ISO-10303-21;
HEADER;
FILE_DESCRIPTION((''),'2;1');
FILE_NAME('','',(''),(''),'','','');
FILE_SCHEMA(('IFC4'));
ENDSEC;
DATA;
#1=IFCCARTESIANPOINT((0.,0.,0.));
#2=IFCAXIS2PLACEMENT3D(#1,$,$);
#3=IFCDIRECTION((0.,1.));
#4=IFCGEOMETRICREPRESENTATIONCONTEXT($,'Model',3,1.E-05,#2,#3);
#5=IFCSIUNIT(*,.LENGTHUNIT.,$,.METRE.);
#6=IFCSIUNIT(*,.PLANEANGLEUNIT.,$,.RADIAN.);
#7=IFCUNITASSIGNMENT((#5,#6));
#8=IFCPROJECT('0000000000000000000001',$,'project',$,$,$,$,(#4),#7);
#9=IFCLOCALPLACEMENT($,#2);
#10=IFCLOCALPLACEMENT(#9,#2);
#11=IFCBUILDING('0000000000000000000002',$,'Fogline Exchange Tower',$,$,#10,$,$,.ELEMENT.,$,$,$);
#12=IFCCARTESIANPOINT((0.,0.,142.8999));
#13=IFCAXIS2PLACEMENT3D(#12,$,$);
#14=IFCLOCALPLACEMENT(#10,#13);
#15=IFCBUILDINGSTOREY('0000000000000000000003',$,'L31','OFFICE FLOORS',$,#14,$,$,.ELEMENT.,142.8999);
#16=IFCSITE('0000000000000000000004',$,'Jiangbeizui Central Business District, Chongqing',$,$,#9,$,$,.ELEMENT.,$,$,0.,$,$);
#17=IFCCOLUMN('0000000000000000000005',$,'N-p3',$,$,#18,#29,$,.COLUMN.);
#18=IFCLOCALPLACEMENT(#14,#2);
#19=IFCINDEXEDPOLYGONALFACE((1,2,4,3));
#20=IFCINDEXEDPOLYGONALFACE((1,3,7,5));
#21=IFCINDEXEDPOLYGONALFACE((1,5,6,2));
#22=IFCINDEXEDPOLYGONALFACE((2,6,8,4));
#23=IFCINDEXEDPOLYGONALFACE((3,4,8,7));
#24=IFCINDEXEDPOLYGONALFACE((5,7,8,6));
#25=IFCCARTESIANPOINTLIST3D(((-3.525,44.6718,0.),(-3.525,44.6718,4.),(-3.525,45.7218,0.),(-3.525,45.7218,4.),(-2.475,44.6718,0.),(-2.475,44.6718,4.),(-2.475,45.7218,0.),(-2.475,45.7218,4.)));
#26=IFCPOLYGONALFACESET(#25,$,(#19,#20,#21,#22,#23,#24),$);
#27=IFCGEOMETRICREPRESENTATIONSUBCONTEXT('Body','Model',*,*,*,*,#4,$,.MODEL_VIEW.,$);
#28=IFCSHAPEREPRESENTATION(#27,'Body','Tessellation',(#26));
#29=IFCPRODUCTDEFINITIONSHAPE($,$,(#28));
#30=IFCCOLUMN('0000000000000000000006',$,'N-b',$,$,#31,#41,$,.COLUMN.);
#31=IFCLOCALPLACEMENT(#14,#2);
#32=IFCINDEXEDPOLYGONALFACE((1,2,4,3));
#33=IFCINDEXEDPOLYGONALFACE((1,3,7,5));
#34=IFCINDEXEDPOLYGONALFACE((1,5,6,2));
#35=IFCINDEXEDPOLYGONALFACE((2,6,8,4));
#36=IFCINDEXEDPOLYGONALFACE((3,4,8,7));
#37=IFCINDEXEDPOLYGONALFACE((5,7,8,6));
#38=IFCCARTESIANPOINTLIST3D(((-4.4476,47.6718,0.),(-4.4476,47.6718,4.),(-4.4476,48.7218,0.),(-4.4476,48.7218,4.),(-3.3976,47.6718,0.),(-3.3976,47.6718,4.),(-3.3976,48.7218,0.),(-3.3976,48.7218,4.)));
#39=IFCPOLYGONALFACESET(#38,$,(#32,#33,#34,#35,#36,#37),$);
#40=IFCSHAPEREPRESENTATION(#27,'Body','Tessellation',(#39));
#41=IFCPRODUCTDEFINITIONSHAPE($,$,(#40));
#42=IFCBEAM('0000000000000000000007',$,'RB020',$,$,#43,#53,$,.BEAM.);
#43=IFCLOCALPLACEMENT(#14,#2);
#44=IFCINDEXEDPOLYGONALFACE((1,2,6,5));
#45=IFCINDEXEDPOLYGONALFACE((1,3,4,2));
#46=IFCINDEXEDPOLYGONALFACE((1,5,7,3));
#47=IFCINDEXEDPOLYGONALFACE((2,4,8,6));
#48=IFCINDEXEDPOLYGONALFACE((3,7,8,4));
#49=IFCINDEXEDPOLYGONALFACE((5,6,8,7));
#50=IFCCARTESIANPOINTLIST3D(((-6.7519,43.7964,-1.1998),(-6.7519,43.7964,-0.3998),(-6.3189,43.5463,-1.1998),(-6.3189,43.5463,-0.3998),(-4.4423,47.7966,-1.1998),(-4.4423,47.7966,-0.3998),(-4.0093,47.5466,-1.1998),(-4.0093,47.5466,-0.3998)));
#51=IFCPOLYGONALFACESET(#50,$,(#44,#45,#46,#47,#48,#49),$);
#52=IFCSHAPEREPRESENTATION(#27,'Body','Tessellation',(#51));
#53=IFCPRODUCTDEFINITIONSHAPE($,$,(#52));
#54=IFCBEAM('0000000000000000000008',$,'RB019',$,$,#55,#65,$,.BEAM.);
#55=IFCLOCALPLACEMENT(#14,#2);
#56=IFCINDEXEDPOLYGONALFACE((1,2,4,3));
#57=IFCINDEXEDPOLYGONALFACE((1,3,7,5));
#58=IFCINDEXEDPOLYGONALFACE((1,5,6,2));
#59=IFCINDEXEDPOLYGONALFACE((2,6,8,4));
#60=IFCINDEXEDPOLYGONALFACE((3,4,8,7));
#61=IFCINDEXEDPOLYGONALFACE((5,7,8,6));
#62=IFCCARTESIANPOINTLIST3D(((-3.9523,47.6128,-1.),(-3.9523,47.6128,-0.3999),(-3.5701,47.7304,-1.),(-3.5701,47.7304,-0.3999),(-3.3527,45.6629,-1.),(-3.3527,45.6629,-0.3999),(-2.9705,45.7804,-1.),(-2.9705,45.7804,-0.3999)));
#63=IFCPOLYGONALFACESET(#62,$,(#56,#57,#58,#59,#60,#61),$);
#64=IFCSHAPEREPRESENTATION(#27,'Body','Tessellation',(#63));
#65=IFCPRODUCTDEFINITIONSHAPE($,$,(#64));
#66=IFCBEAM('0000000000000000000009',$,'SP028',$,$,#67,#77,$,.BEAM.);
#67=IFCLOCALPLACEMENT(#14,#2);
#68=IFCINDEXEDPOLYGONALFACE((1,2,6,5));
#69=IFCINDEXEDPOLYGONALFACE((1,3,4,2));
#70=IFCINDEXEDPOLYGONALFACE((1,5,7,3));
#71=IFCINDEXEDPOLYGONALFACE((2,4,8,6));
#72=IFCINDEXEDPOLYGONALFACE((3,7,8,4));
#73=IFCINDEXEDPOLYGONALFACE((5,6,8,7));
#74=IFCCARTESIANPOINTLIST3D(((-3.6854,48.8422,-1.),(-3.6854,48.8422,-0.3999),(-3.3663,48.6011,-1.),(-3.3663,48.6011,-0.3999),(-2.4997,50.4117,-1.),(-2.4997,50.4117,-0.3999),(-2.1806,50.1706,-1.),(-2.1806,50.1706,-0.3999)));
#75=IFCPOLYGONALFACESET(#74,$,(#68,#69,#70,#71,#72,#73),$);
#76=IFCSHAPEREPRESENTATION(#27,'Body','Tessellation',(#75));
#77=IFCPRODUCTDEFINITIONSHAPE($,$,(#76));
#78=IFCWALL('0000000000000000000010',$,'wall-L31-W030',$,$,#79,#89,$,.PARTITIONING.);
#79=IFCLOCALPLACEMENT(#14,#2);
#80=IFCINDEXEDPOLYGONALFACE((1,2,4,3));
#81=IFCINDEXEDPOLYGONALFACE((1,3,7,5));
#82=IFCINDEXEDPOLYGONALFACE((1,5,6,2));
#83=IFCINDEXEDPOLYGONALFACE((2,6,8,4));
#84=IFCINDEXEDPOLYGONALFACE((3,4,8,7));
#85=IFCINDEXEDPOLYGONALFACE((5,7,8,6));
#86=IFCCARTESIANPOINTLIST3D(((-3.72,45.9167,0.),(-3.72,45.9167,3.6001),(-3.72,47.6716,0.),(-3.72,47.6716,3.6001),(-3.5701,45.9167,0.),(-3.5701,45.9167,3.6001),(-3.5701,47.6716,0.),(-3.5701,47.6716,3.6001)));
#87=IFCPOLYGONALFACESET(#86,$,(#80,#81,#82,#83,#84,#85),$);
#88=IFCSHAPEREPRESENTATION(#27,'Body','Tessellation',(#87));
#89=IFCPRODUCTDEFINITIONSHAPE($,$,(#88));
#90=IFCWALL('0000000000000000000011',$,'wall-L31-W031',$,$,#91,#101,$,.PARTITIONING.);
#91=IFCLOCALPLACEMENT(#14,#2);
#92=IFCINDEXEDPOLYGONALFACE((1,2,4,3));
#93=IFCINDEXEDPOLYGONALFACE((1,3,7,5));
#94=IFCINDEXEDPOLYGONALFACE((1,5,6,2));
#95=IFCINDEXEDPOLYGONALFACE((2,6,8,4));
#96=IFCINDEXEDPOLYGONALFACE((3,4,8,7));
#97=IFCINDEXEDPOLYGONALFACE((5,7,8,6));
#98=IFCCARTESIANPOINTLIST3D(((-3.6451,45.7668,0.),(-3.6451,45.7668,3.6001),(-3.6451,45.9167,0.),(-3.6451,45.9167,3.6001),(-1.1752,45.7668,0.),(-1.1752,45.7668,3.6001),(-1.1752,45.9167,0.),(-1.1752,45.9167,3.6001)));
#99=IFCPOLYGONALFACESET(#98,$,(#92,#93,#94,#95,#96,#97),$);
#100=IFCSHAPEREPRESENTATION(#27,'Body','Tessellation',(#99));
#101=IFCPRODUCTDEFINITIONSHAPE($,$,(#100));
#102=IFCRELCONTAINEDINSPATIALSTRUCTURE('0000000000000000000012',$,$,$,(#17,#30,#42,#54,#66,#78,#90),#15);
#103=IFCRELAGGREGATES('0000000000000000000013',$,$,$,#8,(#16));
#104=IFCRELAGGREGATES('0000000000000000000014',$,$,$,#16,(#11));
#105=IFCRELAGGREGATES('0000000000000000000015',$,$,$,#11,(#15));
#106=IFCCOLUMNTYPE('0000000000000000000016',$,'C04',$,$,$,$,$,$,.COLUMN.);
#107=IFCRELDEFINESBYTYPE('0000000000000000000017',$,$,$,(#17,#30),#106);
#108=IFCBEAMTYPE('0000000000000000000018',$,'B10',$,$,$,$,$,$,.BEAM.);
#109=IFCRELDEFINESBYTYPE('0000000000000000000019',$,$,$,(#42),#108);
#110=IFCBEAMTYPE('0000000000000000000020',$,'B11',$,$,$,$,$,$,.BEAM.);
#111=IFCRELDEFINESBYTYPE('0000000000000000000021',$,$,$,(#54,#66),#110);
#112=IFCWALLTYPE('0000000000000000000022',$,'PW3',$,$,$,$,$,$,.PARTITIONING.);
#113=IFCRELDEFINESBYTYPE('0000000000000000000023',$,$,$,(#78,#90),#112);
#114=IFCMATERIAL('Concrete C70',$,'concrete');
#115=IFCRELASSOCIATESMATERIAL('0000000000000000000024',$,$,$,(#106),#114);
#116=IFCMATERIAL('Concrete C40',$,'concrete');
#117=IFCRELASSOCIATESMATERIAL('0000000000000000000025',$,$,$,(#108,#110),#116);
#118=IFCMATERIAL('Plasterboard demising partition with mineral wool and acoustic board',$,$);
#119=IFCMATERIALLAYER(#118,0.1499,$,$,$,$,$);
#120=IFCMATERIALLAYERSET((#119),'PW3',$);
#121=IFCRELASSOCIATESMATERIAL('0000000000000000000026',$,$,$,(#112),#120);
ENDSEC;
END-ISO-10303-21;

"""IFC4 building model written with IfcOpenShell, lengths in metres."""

from ifc_helpers import new_model, si_unit, direction, frame, frame_2d, origin, origin_2d, place, context, subcontext, project, spatial, rectangle, extrude, material, layer, layer_set, material_profile, profile_set, type_object, element, save


model = new_model("IFC4")

# Units and contexts
model_context = context("Model", 3, precision=1e-05, world=origin(), true_north=direction((0.0, 1.0)))
body_context = subcontext(model_context, "Body", "Model", "MODEL_VIEW")
ifc_project = project(units=[si_unit("LENGTHUNIT", "METRE"), si_unit("PLANEANGLEUNIT", "RADIAN")], contexts=[model_context])

# Site, building, storey
site_placement = place(None, origin())
site = spatial("IfcSite", under=ifc_project, at=site_placement, Name="Jiangbeizui Central Business District, Chongqing", CompositionType="ELEMENT", RefElevation=0.0)
building_placement = place(site_placement, origin())
building = spatial("IfcBuilding", under=site, at=building_placement, Name="Fogline Exchange Tower", CompositionType="ELEMENT")
storey_placement = place(building_placement, frame((0.0, 0.0, 142.8999)))
storey = spatial("IfcBuildingStorey", under=building, at=storey_placement, Name="L31", Description="OFFICE FLOORS", CompositionType="ELEMENT", Elevation=142.8999)

# Columns
ifc_material_1 = material(Name="Concrete C70", Category="concrete")
ifc_material_profile_1 = material_profile(ifc_material_1, rectangle(XDim=1.05, YDim=1.05, at=origin_2d()), Name="RC 1050x1050")
ifc_profile_set_1 = profile_set([ifc_material_profile_1], Name="Concrete C70")
column_type = type_object("IfcColumnType", Name="C04", PredefinedType="COLUMN", material=ifc_profile_set_1)
for number, where, z_axis, x_axis, name in (
    (1, (-3.0, 45.1968, 0.0), (0.0, 0.0, 1.0), (1.0, 0.0, 0.0), "N-p3"),
    (2, (-3.9226, 48.1968, 0.0), (0.0, 0.0, 1.0), (1.0, 0.0, 0.0), "N-b"),
):
    element("IfcColumn", number, at=place(storey_placement, frame(where, z_axis=z_axis, x_axis=x_axis)), inside=storey, type_object=column_type, Name=name, PredefinedType="COLUMN", context=body_context, shape_type="SweptSolid", body=[
        extrude(rectangle(XDim=1.05, YDim=1.05, at=origin_2d()), origin(), (0.0, 0.0, 1.0), 4.0),
    ])

# Beams
ifc_material_2 = material(Name="Concrete C40", Category="concrete")
ifc_material_profile_2 = material_profile(ifc_material_2, rectangle(XDim=0.5, YDim=0.8, at=origin_2d()), Name="RC 500x800")
ifc_profile_set_2 = profile_set([ifc_material_profile_2], Name="Concrete C40")
beam_type_1 = type_object("IfcBeamType", Name="B10", PredefinedType="BEAM", material=ifc_profile_set_2)
beam_1_placement = place(storey_placement, frame((-4.2258, 47.6716, -0.7998), z_axis=(-0.500005, -0.866023, 0.0), x_axis=(0.866023, -0.500005, 0.0)))
element("IfcBeam", 3, at=beam_1_placement, inside=storey, type_object=beam_type_1, Name="RB020", PredefinedType="BEAM", context=body_context, shape_type="SweptSolid", body=[
    extrude(rectangle(XDim=0.5, YDim=0.8, at=origin_2d()), origin(), (0.0, 0.0, 1.0), 4.6191),
])
ifc_material_profile_3 = material_profile(ifc_material_2, rectangle(XDim=0.3999, YDim=0.6001, at=origin_2d()), Name="RC 400x600")
ifc_profile_set_3 = profile_set([ifc_material_profile_3], Name="Concrete C40")
beam_type_2 = type_object("IfcBeamType", Name="B11", PredefinedType="BEAM", material=ifc_profile_set_3)
beam_2_placement = place(storey_placement, frame((-3.1616, 45.7217, -0.7), z_axis=(-0.293918, 0.955831, 0.0), x_axis=(-0.955831, -0.293918, 0.0)))
element("IfcBeam", 4, at=beam_2_placement, inside=storey, type_object=beam_type_2, Name="RB019", PredefinedType="BEAM", context=body_context, shape_type="SweptSolid", body=[
    extrude(rectangle(XDim=0.3999, YDim=0.6001, at=origin_2d()), origin(), (0.0, 0.0, 1.0), 2.04),
])
beam_3_placement = place(storey_placement, frame((-3.5259, 48.7217, -0.7), z_axis=(0.602796, 0.797895, 0.0), x_axis=(-0.797895, 0.602796, 0.0)))
element("IfcBeam", 5, at=beam_3_placement, inside=storey, type_object=beam_type_2, Name="SP028", PredefinedType="BEAM", context=body_context, shape_type="SweptSolid", body=[
    extrude(rectangle(XDim=0.3999, YDim=0.6001, at=origin_2d()), origin(), (0.0, 0.0, 1.0), 1.967),
])

# Walls
ifc_material_3 = material(Name="Plasterboard demising partition with mineral wool and acoustic board")
ifc_layer_1 = layer(ifc_material_3, 0.1499)
ifc_layer_set_1 = layer_set([ifc_layer_1], Name="PW3")
wall_type_1 = type_object("IfcWallType", Name="PW3", PredefinedType="PARTITIONING", material=ifc_layer_set_1)
wall_1_placement = place(storey_placement, frame((-3.645, 47.6716, 0.0), z_axis=(0.0, 0.0, 1.0), x_axis=(0.0, -1.0, 0.0)))
element("IfcWall", 6, at=wall_1_placement, inside=storey, type_object=wall_type_1, Name="wall-L31-W030", PredefinedType="PARTITIONING", context=body_context, shape_type="SweptSolid", body=[
    extrude(rectangle(XDim=1.7549, YDim=0.1499, at=frame_2d((0.8774, 0.0))), origin(), (0.0, 0.0, 1.0), 3.6001),
])
wall_2_placement = place(storey_placement, frame((-3.645, 45.8418, 0.0), z_axis=(0.0, 0.0, 1.0), x_axis=(1.0, 0.0, 0.0)))
element("IfcWall", 7, at=wall_2_placement, inside=storey, type_object=wall_type_1, Name="wall-L31-W031", PredefinedType="PARTITIONING", context=body_context, shape_type="SweptSolid", body=[
    extrude(rectangle(XDim=2.47, YDim=0.1499, at=frame_2d((1.2349, 0.0))), origin(), (0.0, 0.0, 1.0), 3.6001),
])

save(model, "model.ifc")
